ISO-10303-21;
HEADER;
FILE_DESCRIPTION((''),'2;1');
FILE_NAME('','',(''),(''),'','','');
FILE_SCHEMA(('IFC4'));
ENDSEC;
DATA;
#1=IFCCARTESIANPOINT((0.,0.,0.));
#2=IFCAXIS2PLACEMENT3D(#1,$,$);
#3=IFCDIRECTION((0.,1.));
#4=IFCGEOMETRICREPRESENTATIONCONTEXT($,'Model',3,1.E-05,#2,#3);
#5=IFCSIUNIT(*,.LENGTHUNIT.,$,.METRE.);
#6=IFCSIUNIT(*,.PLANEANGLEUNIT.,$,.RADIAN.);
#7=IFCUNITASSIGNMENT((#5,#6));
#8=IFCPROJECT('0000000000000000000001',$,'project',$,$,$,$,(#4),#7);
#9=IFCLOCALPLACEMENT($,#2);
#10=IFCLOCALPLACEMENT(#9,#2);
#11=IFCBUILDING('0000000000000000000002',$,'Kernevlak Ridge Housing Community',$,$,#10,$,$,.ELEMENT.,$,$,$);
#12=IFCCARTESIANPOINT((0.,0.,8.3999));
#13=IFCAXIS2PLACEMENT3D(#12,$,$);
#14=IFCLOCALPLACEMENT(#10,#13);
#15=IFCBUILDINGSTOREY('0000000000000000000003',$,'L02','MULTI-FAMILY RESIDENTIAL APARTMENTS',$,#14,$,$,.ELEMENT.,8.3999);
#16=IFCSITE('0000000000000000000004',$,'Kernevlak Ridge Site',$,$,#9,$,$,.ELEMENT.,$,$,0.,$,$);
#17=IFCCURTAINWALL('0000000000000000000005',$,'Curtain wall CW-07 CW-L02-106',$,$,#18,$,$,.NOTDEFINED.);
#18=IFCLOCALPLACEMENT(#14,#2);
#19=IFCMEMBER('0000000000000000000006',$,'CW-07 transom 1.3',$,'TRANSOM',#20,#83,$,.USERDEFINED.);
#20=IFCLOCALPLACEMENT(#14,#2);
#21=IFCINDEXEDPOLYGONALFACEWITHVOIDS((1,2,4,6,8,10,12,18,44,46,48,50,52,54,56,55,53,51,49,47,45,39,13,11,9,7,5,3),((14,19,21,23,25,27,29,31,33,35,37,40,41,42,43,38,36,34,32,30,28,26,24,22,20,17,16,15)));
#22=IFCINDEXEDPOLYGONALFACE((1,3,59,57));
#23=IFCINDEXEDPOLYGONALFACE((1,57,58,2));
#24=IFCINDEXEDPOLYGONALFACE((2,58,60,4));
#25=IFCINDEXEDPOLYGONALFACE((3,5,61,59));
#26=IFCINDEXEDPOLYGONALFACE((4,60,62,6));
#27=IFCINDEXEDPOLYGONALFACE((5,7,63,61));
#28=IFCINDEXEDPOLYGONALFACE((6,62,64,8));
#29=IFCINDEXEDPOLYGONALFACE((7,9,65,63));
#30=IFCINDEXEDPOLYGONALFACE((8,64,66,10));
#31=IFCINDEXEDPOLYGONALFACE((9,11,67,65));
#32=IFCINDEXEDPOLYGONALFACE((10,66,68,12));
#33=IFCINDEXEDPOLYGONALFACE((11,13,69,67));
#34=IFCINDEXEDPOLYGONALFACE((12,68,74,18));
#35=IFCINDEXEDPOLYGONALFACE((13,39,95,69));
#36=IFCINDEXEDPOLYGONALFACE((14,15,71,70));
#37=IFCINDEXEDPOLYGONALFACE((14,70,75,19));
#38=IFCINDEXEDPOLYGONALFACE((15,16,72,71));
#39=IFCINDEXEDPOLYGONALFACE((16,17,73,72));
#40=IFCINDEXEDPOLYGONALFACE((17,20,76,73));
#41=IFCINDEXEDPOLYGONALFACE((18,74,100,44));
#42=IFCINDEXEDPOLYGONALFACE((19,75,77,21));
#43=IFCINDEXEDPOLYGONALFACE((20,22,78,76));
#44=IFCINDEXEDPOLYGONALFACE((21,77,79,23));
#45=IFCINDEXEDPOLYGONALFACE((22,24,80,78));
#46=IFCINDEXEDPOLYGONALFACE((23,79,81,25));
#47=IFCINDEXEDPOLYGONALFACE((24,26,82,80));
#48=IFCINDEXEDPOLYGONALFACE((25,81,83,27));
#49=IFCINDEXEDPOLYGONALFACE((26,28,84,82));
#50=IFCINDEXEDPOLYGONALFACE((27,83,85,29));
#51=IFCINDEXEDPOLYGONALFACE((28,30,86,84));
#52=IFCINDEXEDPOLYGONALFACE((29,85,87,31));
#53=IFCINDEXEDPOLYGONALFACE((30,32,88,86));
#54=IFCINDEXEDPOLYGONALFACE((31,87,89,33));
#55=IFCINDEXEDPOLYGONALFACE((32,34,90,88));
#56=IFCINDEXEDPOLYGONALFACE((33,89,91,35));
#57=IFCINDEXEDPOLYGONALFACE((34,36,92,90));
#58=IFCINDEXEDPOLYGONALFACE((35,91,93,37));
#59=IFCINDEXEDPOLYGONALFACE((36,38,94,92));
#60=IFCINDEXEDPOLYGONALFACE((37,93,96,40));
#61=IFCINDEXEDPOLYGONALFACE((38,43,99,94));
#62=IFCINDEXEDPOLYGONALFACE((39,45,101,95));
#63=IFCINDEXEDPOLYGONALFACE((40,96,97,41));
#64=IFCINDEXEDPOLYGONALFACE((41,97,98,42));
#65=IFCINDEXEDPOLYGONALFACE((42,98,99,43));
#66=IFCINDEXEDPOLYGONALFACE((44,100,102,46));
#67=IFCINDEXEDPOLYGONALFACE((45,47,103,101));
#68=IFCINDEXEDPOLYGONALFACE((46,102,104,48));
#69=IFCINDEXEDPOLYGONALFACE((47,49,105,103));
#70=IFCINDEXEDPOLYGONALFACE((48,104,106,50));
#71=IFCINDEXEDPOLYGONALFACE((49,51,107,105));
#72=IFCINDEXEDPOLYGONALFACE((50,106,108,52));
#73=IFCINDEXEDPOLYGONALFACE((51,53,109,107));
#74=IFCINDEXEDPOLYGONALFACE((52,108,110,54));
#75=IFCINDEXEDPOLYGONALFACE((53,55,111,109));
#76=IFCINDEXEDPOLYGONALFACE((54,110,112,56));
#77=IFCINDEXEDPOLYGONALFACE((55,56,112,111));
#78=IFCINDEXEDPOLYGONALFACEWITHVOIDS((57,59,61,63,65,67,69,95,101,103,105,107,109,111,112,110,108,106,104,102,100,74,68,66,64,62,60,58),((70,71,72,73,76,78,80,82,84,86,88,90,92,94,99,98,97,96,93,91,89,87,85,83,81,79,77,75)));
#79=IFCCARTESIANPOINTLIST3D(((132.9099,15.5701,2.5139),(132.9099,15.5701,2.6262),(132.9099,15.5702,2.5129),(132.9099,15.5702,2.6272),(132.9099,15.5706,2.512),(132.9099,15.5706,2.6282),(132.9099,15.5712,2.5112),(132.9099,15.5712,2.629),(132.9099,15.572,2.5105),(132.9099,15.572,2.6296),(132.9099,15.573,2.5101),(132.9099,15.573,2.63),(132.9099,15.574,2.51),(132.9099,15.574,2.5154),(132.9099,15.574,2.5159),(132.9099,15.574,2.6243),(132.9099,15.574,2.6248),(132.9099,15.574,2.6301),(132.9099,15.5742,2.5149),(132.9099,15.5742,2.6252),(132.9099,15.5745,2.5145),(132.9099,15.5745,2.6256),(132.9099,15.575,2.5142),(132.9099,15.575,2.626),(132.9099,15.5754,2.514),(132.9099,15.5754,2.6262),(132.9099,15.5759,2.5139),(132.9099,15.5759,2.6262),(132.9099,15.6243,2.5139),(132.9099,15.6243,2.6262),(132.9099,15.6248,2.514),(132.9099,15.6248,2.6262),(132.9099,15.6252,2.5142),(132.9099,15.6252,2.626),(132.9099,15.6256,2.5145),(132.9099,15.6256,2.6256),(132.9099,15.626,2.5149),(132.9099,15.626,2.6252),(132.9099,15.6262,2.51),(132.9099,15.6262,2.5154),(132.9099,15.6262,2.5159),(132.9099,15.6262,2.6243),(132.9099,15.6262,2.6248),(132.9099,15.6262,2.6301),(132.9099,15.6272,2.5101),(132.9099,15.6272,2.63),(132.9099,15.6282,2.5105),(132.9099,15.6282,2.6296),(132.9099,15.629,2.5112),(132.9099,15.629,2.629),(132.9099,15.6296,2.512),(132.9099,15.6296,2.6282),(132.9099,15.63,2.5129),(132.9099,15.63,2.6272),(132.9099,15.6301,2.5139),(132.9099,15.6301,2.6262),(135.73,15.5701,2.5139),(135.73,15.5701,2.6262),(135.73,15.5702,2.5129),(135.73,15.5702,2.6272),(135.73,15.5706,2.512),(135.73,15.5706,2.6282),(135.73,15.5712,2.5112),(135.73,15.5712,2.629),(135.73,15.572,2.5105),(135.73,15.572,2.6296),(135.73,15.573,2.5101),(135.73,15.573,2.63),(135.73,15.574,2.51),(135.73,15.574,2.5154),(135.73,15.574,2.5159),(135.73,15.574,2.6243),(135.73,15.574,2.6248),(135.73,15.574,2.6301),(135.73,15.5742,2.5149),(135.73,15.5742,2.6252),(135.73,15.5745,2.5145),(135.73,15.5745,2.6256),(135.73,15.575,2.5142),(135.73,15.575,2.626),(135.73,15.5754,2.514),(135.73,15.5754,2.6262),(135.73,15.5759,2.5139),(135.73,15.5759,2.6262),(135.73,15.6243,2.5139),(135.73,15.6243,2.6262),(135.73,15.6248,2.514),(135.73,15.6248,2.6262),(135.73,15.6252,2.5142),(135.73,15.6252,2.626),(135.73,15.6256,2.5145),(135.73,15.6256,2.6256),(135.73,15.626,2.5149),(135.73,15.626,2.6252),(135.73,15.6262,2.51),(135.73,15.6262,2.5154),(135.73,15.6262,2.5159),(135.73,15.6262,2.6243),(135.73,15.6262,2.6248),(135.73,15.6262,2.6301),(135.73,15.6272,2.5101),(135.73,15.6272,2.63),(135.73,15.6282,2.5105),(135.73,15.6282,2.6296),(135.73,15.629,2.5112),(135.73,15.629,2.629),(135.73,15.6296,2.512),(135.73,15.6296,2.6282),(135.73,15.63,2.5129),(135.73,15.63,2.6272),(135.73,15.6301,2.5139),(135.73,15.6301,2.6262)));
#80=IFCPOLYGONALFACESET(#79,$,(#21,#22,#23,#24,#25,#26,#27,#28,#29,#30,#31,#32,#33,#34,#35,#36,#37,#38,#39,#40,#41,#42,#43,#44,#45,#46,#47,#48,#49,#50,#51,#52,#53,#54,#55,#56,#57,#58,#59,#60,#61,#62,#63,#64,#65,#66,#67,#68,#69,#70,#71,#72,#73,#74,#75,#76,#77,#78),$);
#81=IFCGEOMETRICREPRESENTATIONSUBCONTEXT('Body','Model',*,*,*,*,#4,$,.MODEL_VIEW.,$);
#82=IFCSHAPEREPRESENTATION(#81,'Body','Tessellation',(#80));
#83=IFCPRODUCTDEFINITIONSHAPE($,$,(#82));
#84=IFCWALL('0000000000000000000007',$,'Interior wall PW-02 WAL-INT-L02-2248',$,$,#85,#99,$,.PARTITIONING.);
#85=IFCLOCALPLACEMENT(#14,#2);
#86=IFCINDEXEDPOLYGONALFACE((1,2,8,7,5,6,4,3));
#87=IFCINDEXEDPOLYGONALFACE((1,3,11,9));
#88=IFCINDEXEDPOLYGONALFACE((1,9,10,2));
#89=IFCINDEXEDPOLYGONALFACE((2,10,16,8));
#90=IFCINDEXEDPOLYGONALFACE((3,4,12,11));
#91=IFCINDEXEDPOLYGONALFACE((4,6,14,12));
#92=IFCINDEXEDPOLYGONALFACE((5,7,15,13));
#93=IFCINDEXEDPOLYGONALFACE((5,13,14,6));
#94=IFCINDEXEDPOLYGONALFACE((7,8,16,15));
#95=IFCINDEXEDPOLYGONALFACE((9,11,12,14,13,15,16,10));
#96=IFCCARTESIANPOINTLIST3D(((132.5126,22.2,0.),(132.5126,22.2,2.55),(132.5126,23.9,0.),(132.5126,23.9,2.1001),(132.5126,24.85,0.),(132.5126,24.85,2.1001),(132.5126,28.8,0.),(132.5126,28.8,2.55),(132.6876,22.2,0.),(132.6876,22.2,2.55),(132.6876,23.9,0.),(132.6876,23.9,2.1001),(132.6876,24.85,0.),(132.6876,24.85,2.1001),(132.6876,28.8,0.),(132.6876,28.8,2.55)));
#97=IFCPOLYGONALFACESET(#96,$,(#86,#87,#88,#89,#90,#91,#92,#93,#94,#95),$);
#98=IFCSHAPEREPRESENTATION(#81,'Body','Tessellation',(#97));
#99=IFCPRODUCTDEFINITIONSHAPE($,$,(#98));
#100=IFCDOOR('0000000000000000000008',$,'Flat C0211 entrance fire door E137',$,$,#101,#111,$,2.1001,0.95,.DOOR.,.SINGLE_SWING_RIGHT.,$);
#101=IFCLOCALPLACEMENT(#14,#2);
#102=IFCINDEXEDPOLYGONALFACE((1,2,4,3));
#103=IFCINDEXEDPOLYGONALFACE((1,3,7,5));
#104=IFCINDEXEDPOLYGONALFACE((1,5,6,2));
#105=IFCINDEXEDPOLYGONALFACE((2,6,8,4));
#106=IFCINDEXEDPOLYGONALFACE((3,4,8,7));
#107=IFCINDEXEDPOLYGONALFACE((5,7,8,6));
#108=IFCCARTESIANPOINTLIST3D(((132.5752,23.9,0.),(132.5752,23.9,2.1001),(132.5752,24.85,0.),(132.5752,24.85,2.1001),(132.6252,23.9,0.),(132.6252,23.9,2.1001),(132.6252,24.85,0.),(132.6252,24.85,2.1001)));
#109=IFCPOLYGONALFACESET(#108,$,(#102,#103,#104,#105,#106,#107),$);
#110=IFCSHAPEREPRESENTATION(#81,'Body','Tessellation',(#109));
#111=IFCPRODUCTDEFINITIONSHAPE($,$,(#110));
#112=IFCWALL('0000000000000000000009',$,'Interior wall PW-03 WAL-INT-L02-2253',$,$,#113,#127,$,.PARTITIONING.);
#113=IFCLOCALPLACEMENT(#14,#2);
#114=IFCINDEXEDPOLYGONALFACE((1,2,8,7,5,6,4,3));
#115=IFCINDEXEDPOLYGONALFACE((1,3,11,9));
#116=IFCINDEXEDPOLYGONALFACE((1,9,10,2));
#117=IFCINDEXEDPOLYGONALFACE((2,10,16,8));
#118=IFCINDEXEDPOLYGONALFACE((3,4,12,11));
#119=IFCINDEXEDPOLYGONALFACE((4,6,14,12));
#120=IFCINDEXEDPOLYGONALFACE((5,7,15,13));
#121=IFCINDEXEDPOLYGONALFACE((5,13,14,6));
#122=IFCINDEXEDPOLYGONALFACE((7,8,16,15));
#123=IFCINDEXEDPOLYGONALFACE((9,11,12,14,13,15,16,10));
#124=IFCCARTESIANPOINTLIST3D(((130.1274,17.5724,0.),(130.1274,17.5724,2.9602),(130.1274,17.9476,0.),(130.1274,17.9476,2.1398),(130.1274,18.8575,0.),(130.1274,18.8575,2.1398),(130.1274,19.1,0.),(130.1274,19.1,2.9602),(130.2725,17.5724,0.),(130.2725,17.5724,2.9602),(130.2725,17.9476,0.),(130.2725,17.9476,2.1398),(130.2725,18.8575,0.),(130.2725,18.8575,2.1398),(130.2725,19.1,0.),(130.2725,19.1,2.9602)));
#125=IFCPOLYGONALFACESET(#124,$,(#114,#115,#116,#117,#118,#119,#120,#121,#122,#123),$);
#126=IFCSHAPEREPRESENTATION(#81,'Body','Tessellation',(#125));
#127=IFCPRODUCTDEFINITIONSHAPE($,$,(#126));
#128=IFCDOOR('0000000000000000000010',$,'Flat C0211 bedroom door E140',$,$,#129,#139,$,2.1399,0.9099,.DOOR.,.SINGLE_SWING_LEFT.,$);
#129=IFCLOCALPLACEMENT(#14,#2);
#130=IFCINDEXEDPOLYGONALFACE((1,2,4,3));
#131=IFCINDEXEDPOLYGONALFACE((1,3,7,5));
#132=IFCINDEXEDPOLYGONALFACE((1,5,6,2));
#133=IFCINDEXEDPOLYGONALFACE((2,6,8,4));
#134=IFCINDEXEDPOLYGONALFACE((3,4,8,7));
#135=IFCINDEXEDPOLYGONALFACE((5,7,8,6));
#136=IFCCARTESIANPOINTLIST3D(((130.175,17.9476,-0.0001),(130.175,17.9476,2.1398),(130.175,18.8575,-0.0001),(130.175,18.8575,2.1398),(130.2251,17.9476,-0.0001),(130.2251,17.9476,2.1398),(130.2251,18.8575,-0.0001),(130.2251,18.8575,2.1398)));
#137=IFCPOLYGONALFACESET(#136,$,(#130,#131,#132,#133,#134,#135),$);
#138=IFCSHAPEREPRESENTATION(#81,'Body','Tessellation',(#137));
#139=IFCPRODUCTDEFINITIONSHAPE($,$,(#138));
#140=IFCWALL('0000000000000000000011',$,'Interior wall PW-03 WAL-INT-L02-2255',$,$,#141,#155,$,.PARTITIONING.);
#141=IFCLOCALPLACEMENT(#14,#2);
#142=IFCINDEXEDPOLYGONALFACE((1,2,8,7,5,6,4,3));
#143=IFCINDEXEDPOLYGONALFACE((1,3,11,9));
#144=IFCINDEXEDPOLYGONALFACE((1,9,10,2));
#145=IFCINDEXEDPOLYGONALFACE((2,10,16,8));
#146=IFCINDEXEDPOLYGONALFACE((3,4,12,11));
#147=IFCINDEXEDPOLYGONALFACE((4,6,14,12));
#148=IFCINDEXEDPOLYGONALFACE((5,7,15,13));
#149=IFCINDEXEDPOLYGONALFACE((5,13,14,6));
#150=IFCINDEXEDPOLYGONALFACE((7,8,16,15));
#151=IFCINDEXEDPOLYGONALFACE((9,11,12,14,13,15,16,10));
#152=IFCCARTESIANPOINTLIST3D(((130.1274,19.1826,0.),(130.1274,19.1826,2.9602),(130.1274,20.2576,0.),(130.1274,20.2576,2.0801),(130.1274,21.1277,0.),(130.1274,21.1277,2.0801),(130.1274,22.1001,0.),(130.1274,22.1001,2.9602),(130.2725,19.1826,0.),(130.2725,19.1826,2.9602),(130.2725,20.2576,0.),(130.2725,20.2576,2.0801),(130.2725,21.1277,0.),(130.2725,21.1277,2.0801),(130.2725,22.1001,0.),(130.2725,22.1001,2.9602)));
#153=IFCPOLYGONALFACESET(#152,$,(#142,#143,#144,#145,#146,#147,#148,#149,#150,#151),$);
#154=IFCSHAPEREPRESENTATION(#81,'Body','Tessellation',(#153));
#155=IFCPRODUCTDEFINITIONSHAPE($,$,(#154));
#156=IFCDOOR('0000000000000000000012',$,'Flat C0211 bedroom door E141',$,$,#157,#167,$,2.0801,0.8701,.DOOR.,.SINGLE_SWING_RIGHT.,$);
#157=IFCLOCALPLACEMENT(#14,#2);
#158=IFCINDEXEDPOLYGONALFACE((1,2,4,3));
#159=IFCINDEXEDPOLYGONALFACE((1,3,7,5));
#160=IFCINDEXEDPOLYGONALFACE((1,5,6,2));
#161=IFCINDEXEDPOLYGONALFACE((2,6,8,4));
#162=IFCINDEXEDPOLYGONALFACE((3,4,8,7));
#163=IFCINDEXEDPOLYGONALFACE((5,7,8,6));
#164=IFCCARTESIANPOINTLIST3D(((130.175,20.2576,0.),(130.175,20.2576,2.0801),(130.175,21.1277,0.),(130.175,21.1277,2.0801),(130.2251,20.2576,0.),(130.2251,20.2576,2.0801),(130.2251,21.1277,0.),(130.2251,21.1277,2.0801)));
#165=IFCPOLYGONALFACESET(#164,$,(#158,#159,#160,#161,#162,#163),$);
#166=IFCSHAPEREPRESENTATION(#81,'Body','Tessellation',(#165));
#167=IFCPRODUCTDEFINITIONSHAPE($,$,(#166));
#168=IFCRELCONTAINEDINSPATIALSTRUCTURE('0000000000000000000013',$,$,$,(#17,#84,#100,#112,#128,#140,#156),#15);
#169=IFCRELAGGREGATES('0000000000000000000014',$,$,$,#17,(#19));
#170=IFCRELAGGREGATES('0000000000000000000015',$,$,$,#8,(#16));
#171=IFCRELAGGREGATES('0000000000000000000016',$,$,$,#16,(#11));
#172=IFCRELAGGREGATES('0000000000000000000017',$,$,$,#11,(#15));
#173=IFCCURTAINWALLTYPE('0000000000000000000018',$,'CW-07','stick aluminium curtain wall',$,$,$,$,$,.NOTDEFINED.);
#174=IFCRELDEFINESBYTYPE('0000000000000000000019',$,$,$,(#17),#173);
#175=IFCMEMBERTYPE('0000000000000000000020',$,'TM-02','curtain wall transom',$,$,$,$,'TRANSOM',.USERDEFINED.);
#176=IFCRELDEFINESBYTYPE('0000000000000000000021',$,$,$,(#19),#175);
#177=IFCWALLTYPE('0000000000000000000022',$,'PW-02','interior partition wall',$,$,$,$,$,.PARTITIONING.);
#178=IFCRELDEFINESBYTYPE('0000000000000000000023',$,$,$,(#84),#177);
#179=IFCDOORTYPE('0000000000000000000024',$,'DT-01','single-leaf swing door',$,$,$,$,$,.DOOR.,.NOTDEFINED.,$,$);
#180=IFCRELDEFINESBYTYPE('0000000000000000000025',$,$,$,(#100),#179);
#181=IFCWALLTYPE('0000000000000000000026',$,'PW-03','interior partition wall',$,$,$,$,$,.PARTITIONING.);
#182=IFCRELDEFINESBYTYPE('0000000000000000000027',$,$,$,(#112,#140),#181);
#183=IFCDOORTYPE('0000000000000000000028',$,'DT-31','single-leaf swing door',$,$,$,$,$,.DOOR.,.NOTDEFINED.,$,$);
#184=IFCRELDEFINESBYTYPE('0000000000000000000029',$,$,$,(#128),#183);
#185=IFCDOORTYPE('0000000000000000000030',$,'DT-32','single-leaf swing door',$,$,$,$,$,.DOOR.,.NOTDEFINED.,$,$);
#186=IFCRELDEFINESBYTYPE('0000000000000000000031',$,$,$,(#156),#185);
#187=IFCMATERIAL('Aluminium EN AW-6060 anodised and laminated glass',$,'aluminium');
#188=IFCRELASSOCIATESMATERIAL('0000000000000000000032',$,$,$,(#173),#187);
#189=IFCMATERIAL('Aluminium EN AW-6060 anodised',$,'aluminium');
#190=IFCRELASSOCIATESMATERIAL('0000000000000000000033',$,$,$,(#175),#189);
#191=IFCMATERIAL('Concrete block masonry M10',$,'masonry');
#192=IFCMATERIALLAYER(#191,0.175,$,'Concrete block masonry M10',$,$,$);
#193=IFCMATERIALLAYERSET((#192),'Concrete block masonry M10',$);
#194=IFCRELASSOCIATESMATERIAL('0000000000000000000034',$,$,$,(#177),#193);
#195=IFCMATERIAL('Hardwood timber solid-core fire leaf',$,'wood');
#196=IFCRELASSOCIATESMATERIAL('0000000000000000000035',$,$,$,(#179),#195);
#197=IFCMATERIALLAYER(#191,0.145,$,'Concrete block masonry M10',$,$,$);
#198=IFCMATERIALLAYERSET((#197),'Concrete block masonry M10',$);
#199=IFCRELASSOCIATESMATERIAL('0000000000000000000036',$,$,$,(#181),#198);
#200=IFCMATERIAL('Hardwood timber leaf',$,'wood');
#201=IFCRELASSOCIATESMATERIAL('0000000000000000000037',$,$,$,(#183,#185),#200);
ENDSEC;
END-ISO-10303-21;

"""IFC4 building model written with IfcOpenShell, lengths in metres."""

from ifc_helpers import new_model, si_unit, direction, frame, frame_2d, origin, origin_2d, place, context, subcontext, project, spatial, rectangle, hollow_rectangle, extrude, material, layer, layer_set, material_profile, profile_set, type_object, element, fill, aggregate, save


model = new_model("IFC4")

# Units and contexts
model_context = context("Model", 3, precision=1e-05, world=origin(), true_north=direction((0.0, 1.0)))
body_context = subcontext(model_context, "Body", "Model", "MODEL_VIEW")
ifc_project = project(units=[si_unit("LENGTHUNIT", "METRE"), si_unit("PLANEANGLEUNIT", "RADIAN")], contexts=[model_context])

# Site, building, storey
site_placement = place(None, origin())
site = spatial("IfcSite", under=ifc_project, at=site_placement, Name="Kernevlak Ridge Site", CompositionType="ELEMENT", RefElevation=0.0)
building_placement = place(site_placement, origin())
building = spatial("IfcBuilding", under=site, at=building_placement, Name="Kernevlak Ridge Housing Community", CompositionType="ELEMENT")
storey_placement = place(building_placement, frame((0.0, 0.0, 8.3999)))
storey = spatial("IfcBuildingStorey", under=building, at=storey_placement, Name="L02", Description="MULTI-FAMILY RESIDENTIAL APARTMENTS", CompositionType="ELEMENT", Elevation=8.3999)

# Curtain wall
ifc_material_1 = material(Name="Aluminium EN AW-6060 anodised and laminated glass", Category="aluminium")
curtain_wall_type = type_object("IfcCurtainWallType", Name="CW-07", Description="stick aluminium curtain wall", PredefinedType="NOTDEFINED", material=ifc_material_1)
curtain_wall_placement = place(storey_placement, origin())
curtain_wall = element("IfcCurtainWall", 1, at=curtain_wall_placement, inside=storey, type_object=curtain_wall_type, Name="Curtain wall CW-07 CW-L02-106", PredefinedType="NOTDEFINED")
ifc_material_2 = material(Name="Aluminium EN AW-6060 anodised", Category="aluminium")

# Member
ifc_material_profile_1 = material_profile(ifc_material_2, hollow_rectangle(XDim=0.0601, YDim=0.1201, WallThickness=0.0039, InnerFilletRadius=0.002, OuterFilletRadius=0.0039, at=origin_2d()), Name="ALU 60x120x4")
ifc_profile_set_1 = profile_set([ifc_material_profile_1], Name="Aluminium EN AW-6060 anodised")
member_type_1 = type_object("IfcMemberType", Name="TM-02", Description="curtain wall transom", ElementType="TRANSOM", PredefinedType="USERDEFINED", material=ifc_profile_set_1)
member_1_placement = place(storey_placement, frame((132.9099, 15.6001, 2.5701), z_axis=(1.0, 0.0, 0.0), x_axis=(0.0, 1.0, 0.0)))
member_1 = element("IfcMember", 2, at=member_1_placement, type_object=member_type_1, Name="CW-07 transom 1.3", ObjectType="TRANSOM", PredefinedType="USERDEFINED", context=body_context, shape_type="SweptSolid", body=[
    extrude(hollow_rectangle(XDim=0.0601, YDim=0.1201, WallThickness=0.0039, InnerFilletRadius=0.002, OuterFilletRadius=0.0039, at=origin_2d()), origin(), (0.0, 0.0, 1.0), 2.8201),
])
aggregate(curtain_wall, [member_1])

# Walls, openings, doors
ifc_material_3 = material(Name="Concrete block masonry M10", Category="masonry")
ifc_layer_1 = layer(ifc_material_3, 0.175, Name="Concrete block masonry M10")
ifc_layer_set_1 = layer_set([ifc_layer_1], Name="Concrete block masonry M10")
wall_type_1 = type_object("IfcWallType", Name="PW-02", Description="interior partition wall", PredefinedType="PARTITIONING", material=ifc_layer_set_1)
wall_1_placement = place(storey_placement, frame((132.6001, 22.2, 0.0), z_axis=(0.0, 0.0, 1.0), x_axis=(0.0, 1.0, 0.0)))
wall_1 = element("IfcWall", 3, at=wall_1_placement, inside=storey, type_object=wall_type_1, Name="Interior wall PW-02 WAL-INT-L02-2248", PredefinedType="PARTITIONING", context=body_context, shape_type="SweptSolid", body=[
    extrude(rectangle(XDim=6.6001, YDim=0.175, at=frame_2d((3.3, 0.0))), origin(), (0.0, 0.0, 1.0), 2.55),
])
opening_1_placement = place(wall_1_placement, frame((1.7, 0.0, 0.0)))
opening_1 = element("IfcOpeningElement", 4, at=opening_1_placement, cuts=wall_1, PredefinedType="OPENING", context=body_context, shape_type="SweptSolid", body=[
    extrude(rectangle(XDim=0.95, YDim=2.1001, at=frame_2d((0.4751, 1.05))), frame((0.0, 0.0974, 0.0), z_axis=(0.0, -1.0, 0.0), x_axis=(1.0, 0.0, 0.0)), (0.0, 0.0, 1.0), 0.1951),
])
ifc_material_4 = material(Name="Hardwood timber solid-core fire leaf", Category="wood")
door_type_1 = type_object("IfcDoorType", Name="DT-01", Description="single-leaf swing door", OperationType="NOTDEFINED", PredefinedType="DOOR", material=ifc_material_4)
door_1_placement = place(opening_1_placement, origin())
door_1 = element("IfcDoor", 5, at=door_1_placement, inside=storey, type_object=door_type_1, Name="Flat C0211 entrance fire door E137", OperationType="SINGLE_SWING_RIGHT", OverallHeight=2.1001, OverallWidth=0.95, PredefinedType="DOOR", context=body_context, shape_type="SweptSolid", body=[
    extrude(rectangle(XDim=0.95, YDim=2.1001, at=frame_2d((0.4751, 1.05))), frame((0.0, 0.0249, 0.0), z_axis=(0.0, -1.0, 0.0), x_axis=(1.0, 0.0, 0.0)), (0.0, 0.0, 1.0), 0.05),
])
fill(opening_1, door_1)
ifc_layer_2 = layer(ifc_material_3, 0.145, Name="Concrete block masonry M10")
ifc_layer_set_2 = layer_set([ifc_layer_2], Name="Concrete block masonry M10")
wall_type_2 = type_object("IfcWallType", Name="PW-03", Description="interior partition wall", PredefinedType="PARTITIONING", material=ifc_layer_set_2)
wall_2_placement = place(storey_placement, frame((130.2, 17.5725, 0.0), z_axis=(0.0, 0.0, 1.0), x_axis=(0.0, 1.0, 0.0)))
wall_2 = element("IfcWall", 6, at=wall_2_placement, inside=storey, type_object=wall_type_2, Name="Interior wall PW-03 WAL-INT-L02-2253", PredefinedType="PARTITIONING", context=body_context, shape_type="SweptSolid", body=[
    extrude(rectangle(XDim=1.5276, YDim=0.145, at=frame_2d((0.7637, 0.0))), origin(), (0.0, 0.0, 1.0), 2.9602),
])
opening_2_placement = place(wall_2_placement, frame((0.375, 0.0, 0.0)))
opening_2 = element("IfcOpeningElement", 7, at=opening_2_placement, cuts=wall_2, PredefinedType="OPENING", context=body_context, shape_type="SweptSolid", body=[
    extrude(rectangle(XDim=0.9099, YDim=2.1399, at=frame_2d((0.4551, 1.0698))), frame((0.0, 0.0825, 0.0), z_axis=(0.0, -1.0, 0.0), x_axis=(1.0, 0.0, 0.0)), (0.0, 0.0, 1.0), 0.165),
])
ifc_material_5 = material(Name="Hardwood timber leaf", Category="wood")
door_type_2 = type_object("IfcDoorType", Name="DT-31", Description="single-leaf swing door", OperationType="NOTDEFINED", PredefinedType="DOOR", material=ifc_material_5)
door_2_placement = place(opening_2_placement, origin())
door_2 = element("IfcDoor", 8, at=door_2_placement, inside=storey, type_object=door_type_2, Name="Flat C0211 bedroom door E140", OperationType="SINGLE_SWING_LEFT", OverallHeight=2.1399, OverallWidth=0.9099, PredefinedType="DOOR", context=body_context, shape_type="SweptSolid", body=[
    extrude(rectangle(XDim=0.9099, YDim=2.1399, at=frame_2d((0.4551, 1.0698))), frame((0.0, 0.0249, 0.0), z_axis=(0.0, -1.0, 0.0), x_axis=(1.0, 0.0, 0.0)), (0.0, 0.0, 1.0), 0.05),
])
fill(opening_2, door_2)
wall_3_placement = place(storey_placement, frame((130.2, 19.1826, 0.0), z_axis=(0.0, 0.0, 1.0), x_axis=(0.0, 1.0, 0.0)))
wall_3 = element("IfcWall", 9, at=wall_3_placement, inside=storey, type_object=wall_type_2, Name="Interior wall PW-03 WAL-INT-L02-2255", PredefinedType="PARTITIONING", context=body_context, shape_type="SweptSolid", body=[
    extrude(rectangle(XDim=2.9175, YDim=0.145, at=frame_2d((1.4587, 0.0))), origin(), (0.0, 0.0, 1.0), 2.9602),
])
opening_3_placement = place(wall_3_placement, frame((1.075, 0.0, 0.0)))
opening_3 = element("IfcOpeningElement", 10, at=opening_3_placement, cuts=wall_3, PredefinedType="OPENING", context=body_context, shape_type="SweptSolid", body=[
    extrude(rectangle(XDim=0.8701, YDim=2.0801, at=frame_2d((0.4351, 1.04))), frame((0.0, 0.0825, 0.0), z_axis=(0.0, -1.0, 0.0), x_axis=(1.0, 0.0, 0.0)), (0.0, 0.0, 1.0), 0.165),
])
door_type_3 = type_object("IfcDoorType", Name="DT-32", Description="single-leaf swing door", OperationType="NOTDEFINED", PredefinedType="DOOR", material=ifc_material_5)
door_3_placement = place(opening_3_placement, origin())
door_3 = element("IfcDoor", 11, at=door_3_placement, inside=storey, type_object=door_type_3, Name="Flat C0211 bedroom door E141", OperationType="SINGLE_SWING_RIGHT", OverallHeight=2.0801, OverallWidth=0.8701, PredefinedType="DOOR", context=body_context, shape_type="SweptSolid", body=[
    extrude(rectangle(XDim=0.8701, YDim=2.0801, at=frame_2d((0.4351, 1.04))), frame((0.0, 0.0249, 0.0), z_axis=(0.0, -1.0, 0.0), x_axis=(1.0, 0.0, 0.0)), (0.0, 0.0, 1.0), 0.05),
])
fill(opening_3, door_3)

save(model, "model.ifc")
